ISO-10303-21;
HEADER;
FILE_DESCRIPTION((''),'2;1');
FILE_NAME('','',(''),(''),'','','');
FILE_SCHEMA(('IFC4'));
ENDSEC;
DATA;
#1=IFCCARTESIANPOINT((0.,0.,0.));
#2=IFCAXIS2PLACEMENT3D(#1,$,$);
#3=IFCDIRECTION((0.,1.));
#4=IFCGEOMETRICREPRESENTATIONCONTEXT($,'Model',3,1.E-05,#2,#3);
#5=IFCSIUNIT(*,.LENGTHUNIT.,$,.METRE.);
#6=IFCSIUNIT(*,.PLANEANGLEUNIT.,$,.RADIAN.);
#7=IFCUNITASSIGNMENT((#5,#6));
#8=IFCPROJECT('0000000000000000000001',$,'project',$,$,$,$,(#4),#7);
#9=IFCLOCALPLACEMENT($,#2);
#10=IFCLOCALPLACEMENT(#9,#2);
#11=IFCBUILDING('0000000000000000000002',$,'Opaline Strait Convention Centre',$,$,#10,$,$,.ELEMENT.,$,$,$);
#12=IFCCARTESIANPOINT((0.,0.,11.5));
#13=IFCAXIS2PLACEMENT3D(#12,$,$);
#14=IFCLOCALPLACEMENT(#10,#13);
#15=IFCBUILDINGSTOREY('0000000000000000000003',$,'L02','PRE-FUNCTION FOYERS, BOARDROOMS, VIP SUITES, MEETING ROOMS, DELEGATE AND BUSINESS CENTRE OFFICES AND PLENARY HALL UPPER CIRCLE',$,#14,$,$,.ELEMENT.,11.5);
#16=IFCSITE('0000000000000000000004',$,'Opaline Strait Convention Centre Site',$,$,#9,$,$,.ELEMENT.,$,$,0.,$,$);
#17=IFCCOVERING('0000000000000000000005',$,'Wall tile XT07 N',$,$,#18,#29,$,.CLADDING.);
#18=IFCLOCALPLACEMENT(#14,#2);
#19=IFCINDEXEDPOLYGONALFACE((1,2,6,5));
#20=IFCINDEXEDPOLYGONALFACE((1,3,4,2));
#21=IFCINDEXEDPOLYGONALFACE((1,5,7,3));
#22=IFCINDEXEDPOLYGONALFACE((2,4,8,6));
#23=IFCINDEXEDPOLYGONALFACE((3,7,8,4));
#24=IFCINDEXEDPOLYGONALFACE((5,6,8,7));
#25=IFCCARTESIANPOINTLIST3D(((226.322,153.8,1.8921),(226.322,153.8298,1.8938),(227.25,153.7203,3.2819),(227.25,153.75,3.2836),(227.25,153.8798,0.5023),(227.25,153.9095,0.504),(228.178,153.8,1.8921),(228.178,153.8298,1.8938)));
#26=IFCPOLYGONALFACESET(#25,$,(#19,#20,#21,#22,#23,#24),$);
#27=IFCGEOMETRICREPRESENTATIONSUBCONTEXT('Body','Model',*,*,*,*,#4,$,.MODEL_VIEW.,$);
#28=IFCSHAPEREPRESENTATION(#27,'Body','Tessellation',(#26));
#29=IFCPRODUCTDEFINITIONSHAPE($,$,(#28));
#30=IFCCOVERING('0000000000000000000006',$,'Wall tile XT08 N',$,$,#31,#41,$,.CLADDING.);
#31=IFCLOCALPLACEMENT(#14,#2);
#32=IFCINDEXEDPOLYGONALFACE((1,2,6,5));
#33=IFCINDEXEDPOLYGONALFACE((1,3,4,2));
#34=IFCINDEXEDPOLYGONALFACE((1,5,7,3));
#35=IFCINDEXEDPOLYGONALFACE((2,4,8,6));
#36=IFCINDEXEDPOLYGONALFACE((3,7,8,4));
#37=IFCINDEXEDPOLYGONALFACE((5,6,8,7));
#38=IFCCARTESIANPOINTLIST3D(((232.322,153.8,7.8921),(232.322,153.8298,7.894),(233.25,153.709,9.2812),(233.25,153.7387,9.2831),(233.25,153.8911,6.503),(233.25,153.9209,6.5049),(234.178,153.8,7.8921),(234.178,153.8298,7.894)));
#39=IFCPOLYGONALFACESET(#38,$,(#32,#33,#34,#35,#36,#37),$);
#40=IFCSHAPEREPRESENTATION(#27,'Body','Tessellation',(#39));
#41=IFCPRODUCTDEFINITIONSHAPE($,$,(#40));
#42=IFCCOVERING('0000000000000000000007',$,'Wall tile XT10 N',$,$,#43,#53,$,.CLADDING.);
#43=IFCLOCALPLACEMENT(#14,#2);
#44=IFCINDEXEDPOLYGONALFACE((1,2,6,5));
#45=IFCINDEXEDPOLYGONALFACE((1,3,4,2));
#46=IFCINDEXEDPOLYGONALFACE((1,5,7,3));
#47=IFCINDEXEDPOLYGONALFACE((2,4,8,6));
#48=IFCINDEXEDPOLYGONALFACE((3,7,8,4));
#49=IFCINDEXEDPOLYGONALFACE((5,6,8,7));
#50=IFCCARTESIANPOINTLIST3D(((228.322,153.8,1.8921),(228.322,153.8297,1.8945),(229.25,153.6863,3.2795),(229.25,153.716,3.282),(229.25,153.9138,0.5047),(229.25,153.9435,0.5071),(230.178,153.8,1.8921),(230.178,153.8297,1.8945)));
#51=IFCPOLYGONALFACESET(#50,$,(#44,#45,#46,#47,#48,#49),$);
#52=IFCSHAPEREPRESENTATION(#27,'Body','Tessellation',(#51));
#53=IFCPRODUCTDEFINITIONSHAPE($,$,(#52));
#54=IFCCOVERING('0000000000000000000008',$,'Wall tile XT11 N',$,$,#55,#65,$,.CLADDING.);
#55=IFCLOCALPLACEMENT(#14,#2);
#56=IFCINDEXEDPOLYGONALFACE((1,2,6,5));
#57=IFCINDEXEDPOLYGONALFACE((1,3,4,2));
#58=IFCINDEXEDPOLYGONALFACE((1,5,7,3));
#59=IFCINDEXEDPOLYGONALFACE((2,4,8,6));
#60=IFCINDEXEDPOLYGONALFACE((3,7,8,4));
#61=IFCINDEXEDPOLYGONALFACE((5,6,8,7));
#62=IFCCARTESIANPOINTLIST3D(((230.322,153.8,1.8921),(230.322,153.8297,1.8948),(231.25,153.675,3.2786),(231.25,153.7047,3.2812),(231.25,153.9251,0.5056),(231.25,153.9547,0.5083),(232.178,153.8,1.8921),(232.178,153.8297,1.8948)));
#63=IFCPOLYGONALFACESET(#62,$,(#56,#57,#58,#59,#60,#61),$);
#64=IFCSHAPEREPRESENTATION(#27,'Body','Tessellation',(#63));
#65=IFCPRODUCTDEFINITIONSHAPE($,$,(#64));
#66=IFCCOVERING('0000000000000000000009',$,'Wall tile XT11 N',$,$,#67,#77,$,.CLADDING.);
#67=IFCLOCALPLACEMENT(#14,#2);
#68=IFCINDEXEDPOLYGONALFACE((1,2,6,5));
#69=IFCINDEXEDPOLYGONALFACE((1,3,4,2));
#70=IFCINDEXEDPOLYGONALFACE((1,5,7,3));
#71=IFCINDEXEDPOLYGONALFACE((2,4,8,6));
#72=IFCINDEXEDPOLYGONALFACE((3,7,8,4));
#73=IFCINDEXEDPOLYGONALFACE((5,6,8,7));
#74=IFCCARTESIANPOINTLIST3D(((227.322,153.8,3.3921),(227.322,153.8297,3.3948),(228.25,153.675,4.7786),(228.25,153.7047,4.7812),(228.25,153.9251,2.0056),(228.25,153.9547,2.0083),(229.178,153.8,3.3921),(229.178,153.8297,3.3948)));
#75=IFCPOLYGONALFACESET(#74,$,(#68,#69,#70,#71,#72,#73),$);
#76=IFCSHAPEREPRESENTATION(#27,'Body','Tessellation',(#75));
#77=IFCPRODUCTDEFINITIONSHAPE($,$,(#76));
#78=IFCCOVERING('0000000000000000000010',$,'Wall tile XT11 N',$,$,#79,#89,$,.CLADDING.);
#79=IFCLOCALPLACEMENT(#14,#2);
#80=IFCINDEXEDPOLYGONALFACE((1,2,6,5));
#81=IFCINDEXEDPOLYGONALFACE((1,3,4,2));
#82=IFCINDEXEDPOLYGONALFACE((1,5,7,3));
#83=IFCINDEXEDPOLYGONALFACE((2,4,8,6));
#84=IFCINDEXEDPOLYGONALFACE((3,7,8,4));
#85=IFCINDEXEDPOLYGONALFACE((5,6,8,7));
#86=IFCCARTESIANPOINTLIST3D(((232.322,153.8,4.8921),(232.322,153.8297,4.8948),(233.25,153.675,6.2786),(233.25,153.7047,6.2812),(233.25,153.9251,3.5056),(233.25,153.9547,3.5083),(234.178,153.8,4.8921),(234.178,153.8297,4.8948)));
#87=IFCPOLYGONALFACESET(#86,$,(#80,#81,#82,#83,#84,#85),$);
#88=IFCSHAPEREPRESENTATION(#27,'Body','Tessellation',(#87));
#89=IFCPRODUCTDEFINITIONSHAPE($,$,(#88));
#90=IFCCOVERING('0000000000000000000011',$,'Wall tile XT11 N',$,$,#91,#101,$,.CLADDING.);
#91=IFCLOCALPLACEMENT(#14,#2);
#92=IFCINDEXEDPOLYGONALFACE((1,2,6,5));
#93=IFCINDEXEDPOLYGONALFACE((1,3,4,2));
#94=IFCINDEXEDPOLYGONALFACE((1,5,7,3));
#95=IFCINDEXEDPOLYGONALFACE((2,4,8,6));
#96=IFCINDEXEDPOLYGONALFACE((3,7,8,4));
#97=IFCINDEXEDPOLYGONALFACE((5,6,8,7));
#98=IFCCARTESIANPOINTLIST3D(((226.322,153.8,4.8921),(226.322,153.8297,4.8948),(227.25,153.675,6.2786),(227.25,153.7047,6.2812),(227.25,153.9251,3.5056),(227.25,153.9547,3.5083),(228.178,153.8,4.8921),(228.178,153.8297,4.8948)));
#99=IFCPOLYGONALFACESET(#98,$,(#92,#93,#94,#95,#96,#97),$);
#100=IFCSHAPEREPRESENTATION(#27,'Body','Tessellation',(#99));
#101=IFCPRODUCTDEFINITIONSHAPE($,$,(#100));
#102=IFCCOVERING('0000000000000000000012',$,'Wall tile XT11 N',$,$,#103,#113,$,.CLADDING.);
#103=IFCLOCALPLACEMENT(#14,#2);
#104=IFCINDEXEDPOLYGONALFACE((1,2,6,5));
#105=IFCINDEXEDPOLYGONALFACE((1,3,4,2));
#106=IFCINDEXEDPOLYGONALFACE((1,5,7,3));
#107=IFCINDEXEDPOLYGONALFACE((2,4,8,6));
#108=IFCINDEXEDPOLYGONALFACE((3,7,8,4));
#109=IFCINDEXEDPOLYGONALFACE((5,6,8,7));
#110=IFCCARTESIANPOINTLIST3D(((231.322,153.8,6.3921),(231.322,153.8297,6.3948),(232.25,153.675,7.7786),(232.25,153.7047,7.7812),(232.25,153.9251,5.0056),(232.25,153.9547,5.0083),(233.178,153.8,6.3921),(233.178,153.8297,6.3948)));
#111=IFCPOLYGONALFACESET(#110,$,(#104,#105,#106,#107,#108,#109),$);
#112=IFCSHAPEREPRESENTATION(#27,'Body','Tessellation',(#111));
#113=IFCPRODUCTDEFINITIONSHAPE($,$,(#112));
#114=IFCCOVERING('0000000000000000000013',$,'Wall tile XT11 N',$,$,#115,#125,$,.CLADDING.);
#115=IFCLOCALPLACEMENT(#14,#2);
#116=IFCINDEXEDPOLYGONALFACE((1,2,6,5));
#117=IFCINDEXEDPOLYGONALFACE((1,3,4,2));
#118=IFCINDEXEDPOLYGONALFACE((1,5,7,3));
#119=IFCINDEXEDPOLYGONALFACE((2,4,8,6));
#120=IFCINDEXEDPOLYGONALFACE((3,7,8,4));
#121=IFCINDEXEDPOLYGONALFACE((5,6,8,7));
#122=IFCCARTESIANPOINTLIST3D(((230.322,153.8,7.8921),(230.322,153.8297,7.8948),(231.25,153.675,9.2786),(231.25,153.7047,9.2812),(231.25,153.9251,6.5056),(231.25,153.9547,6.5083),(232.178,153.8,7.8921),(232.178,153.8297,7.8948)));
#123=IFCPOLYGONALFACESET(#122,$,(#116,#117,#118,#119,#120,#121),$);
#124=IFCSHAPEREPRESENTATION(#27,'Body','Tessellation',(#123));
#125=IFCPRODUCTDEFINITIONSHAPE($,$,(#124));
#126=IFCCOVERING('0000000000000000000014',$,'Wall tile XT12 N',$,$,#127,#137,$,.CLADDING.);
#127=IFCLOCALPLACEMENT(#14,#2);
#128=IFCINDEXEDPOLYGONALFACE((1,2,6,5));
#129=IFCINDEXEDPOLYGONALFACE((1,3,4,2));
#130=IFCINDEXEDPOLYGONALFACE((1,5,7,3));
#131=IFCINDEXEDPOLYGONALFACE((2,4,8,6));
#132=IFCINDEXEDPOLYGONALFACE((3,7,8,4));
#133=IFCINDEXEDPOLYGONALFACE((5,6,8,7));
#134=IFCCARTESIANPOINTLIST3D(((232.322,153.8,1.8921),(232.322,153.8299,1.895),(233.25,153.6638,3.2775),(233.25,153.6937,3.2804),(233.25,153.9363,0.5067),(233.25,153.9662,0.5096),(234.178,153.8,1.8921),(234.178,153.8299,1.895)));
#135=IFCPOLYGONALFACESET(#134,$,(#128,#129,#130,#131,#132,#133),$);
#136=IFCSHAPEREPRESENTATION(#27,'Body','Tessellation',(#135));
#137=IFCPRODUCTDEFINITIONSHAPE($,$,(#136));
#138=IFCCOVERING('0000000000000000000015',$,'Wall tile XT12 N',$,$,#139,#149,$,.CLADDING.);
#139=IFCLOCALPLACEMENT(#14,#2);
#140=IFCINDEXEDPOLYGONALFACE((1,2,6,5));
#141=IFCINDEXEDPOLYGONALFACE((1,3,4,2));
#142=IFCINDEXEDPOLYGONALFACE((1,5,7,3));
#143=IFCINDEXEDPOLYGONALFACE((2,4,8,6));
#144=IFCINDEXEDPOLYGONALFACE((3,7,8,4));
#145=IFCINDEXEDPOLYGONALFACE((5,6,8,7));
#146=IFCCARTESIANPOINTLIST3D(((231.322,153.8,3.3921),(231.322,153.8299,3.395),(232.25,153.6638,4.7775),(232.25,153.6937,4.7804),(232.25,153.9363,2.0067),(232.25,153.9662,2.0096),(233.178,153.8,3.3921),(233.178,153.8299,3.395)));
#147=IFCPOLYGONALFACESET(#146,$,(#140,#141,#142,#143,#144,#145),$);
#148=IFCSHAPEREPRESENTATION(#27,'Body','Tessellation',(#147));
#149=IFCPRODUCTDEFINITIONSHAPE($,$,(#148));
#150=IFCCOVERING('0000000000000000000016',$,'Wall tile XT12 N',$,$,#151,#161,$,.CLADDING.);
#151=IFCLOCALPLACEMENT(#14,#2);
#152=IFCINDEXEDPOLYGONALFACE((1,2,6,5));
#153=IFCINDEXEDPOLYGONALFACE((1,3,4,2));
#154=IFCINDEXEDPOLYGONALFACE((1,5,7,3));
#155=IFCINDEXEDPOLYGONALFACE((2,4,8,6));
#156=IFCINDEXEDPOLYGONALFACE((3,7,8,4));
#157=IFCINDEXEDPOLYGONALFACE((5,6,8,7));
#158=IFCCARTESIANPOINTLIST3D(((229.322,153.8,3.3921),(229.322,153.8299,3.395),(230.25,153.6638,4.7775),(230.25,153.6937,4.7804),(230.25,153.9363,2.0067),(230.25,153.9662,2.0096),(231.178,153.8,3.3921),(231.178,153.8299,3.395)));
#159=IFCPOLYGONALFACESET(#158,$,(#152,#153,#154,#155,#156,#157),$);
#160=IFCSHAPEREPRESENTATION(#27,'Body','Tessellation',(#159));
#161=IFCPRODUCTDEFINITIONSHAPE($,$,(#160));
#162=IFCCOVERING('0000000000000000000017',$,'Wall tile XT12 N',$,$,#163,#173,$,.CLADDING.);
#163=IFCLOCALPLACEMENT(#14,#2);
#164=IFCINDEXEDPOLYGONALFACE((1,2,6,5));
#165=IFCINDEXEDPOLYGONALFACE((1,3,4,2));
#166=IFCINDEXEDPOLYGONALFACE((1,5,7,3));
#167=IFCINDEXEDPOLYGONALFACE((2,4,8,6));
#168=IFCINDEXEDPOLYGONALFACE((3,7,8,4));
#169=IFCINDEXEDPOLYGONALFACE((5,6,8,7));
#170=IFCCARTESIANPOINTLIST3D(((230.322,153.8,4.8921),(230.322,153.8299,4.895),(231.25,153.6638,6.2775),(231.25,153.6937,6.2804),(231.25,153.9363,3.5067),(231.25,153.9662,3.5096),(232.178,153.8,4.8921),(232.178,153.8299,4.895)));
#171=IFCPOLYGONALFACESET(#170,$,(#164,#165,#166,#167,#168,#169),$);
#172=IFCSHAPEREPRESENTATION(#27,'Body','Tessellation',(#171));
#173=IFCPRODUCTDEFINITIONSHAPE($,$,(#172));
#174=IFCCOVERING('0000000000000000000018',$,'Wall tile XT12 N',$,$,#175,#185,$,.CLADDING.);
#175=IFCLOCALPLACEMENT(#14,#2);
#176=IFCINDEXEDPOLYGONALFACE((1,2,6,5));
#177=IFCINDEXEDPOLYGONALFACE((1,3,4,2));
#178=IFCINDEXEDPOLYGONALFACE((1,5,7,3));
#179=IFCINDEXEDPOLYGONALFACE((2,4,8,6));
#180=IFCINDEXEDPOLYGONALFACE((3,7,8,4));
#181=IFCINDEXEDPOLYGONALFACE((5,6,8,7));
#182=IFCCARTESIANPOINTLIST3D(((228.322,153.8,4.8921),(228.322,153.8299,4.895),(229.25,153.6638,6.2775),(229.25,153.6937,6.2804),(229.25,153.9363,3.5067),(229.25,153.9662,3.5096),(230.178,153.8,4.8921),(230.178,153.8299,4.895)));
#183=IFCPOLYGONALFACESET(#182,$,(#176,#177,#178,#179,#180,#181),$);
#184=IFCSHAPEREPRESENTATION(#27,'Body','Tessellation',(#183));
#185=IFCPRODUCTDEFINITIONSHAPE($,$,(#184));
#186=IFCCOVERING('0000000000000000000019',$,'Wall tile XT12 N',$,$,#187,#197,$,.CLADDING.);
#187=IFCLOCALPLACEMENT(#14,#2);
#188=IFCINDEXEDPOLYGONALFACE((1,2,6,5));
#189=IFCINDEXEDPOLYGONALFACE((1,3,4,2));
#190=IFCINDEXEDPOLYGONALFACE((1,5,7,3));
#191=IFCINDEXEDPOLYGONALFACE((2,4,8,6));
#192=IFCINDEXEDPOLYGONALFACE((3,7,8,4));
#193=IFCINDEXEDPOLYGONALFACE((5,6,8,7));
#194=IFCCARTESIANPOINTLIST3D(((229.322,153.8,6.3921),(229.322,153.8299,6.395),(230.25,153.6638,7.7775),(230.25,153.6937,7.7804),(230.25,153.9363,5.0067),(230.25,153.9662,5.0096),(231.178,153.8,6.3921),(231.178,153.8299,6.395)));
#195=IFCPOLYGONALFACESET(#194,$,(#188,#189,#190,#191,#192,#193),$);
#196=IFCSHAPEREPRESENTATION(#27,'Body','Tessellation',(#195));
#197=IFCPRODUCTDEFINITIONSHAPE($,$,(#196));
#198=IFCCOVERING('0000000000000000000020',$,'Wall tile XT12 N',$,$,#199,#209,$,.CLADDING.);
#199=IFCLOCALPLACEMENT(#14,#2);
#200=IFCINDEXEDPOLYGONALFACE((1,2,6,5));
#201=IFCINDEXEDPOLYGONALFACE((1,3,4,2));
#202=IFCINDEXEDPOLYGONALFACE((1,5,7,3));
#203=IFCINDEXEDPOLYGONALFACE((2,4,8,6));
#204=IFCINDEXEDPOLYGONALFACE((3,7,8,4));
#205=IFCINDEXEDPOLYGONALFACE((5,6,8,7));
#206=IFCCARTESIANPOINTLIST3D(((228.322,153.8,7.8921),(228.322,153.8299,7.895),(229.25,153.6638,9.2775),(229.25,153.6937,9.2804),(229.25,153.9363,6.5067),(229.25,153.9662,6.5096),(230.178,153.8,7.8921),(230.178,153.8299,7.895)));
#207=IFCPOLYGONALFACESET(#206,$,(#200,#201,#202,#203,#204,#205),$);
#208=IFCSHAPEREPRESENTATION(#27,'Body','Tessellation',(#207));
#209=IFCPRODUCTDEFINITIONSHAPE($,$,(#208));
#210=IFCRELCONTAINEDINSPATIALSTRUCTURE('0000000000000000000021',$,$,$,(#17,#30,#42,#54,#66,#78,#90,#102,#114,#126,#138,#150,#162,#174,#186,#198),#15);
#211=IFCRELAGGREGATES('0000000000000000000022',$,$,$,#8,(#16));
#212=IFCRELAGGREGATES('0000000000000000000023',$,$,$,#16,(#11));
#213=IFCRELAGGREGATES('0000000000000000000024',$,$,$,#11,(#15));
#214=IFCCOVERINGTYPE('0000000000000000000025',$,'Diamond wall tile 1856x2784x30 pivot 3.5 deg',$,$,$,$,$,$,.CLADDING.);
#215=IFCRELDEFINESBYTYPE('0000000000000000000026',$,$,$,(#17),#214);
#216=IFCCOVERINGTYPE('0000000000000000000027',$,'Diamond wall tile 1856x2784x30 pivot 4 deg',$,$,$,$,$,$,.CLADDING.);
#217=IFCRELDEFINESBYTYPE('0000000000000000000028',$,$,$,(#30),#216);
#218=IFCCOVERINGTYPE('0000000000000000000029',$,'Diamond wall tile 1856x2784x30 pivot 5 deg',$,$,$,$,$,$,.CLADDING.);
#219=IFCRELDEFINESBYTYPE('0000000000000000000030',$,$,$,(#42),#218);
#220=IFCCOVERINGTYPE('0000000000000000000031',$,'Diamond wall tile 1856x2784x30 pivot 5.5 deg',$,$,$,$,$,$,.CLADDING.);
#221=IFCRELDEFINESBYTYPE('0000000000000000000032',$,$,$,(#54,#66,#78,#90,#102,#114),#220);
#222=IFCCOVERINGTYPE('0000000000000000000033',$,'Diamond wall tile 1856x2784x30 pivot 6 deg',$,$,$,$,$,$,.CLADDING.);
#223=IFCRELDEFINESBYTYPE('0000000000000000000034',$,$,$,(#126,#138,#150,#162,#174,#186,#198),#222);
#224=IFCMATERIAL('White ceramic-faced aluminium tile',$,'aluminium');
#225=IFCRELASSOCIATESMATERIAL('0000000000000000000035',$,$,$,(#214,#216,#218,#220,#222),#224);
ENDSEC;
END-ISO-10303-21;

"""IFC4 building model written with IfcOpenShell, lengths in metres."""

from ifc_helpers import new_model, si_unit, direction, frame, origin, place, context, subcontext, project, spatial, polyline, outline, extrude, material, material_profile, profile_set, type_object, element, save


model = new_model("IFC4")

# Units and contexts
model_context = context("Model", 3, precision=1e-05, world=origin(), true_north=direction((0.0, 1.0)))
body_context = subcontext(model_context, "Body", "Model", "MODEL_VIEW")
ifc_project = project(units=[si_unit("LENGTHUNIT", "METRE"), si_unit("PLANEANGLEUNIT", "RADIAN")], contexts=[model_context])

# Site, building, storey
site_placement = place(None, origin())
site = spatial("IfcSite", under=ifc_project, at=site_placement, Name="Opaline Strait Convention Centre Site", CompositionType="ELEMENT", RefElevation=0.0)
building_placement = place(site_placement, origin())
building = spatial("IfcBuilding", under=site, at=building_placement, Name="Opaline Strait Convention Centre", CompositionType="ELEMENT")
storey_placement = place(building_placement, frame((0.0, 0.0, 11.5)))
storey = spatial("IfcBuildingStorey", under=building, at=storey_placement, Name="L02", Description="PRE-FUNCTION FOYERS, BOARDROOMS, VIP SUITES, MEETING ROOMS, DELEGATE AND BUSINESS CENTRE OFFICES AND PLENARY HALL UPPER CIRCLE", CompositionType="ELEMENT", Elevation=11.5)

# Coverings
ifc_material_1 = material(Name="White ceramic-faced aluminium tile", Category="aluminium")
ifc_material_profile_1 = material_profile(ifc_material_1, outline(polyline([(0.928, 0.0), (0.0, 1.3921), (-0.928, 0.0), (0.0, -1.3921), (0.928, 0.0)])), Name="Diamond tile 1856x2784")
ifc_profile_set_1 = profile_set([ifc_material_profile_1], Name="White ceramic-faced aluminium tile")
covering_type_1 = type_object("IfcCoveringType", Name="Diamond wall tile 1856x2784x30 pivot 3.5 deg", PredefinedType="CLADDING", material=ifc_profile_set_1)
covering_1_placement = place(storey_placement, frame((227.25, 153.8, 1.8921), z_axis=(0.0, 0.998358, 0.057283), x_axis=(-1.0, 0.0, 0.0)))
element("IfcCovering", 1, at=covering_1_placement, inside=storey, type_object=covering_type_1, Name="Wall tile XT07 N", PredefinedType="CLADDING", context=body_context, shape_type="SweptSolid", body=[
    extrude(outline(polyline([(0.928, 0.0), (0.0, 1.3921), (-0.928, 0.0), (0.0, -1.3921), (0.928, 0.0)])), origin(), (0.0, 0.0, 1.0), 0.0298),
])
ifc_material_profile_2 = material_profile(ifc_material_1, outline(polyline([(0.928, 0.0), (0.0, 1.3921), (-0.928, 0.0), (0.0, -1.3921), (0.928, 0.0)])), Name="Diamond tile 1856x2784")
ifc_profile_set_2 = profile_set([ifc_material_profile_2], Name="White ceramic-faced aluminium tile")
covering_type_2 = type_object("IfcCoveringType", Name="Diamond wall tile 1856x2784x30 pivot 4 deg", PredefinedType="CLADDING", material=ifc_profile_set_2)
covering_2_placement = place(storey_placement, frame((233.25, 153.8, 7.8921), z_axis=(0.0, 0.997857, 0.065433), x_axis=(-1.0, 0.0, 0.0)))
element("IfcCovering", 2, at=covering_2_placement, inside=storey, type_object=covering_type_2, Name="Wall tile XT08 N", PredefinedType="CLADDING", context=body_context, shape_type="SweptSolid", body=[
    extrude(outline(polyline([(0.928, 0.0), (0.0, 1.3921), (-0.928, 0.0), (0.0, -1.3921), (0.928, 0.0)])), origin(), (0.0, 0.0, 1.0), 0.0298),
])
ifc_material_profile_3 = material_profile(ifc_material_1, outline(polyline([(0.928, 0.0), (0.0, 1.3921), (-0.928, 0.0), (0.0, -1.3921), (0.928, 0.0)])), Name="Diamond tile 1856x2784")
ifc_profile_set_3 = profile_set([ifc_material_profile_3], Name="White ceramic-faced aluminium tile")
covering_type_3 = type_object("IfcCoveringType", Name="Diamond wall tile 1856x2784x30 pivot 5 deg", PredefinedType="CLADDING", material=ifc_profile_set_3)
covering_3_placement = place(storey_placement, frame((229.25, 153.8, 1.8921), z_axis=(0.0, 0.996658, 0.081693), x_axis=(-1.0, 0.0, 0.0)))
element("IfcCovering", 3, at=covering_3_placement, inside=storey, type_object=covering_type_3, Name="Wall tile XT10 N", PredefinedType="CLADDING", context=body_context, shape_type="SweptSolid", body=[
    extrude(outline(polyline([(0.928, 0.0), (0.0, 1.3921), (-0.928, 0.0), (0.0, -1.3921), (0.928, 0.0)])), origin(), (0.0, 0.0, 1.0), 0.0298),
])
ifc_material_profile_4 = material_profile(ifc_material_1, outline(polyline([(0.928, 0.0), (0.0, 1.3921), (-0.928, 0.0), (0.0, -1.3921), (0.928, 0.0)])), Name="Diamond tile 1856x2784")
ifc_profile_set_4 = profile_set([ifc_material_profile_4], Name="White ceramic-faced aluminium tile")
covering_type_4 = type_object("IfcCoveringType", Name="Diamond wall tile 1856x2784x30 pivot 5.5 deg", PredefinedType="CLADDING", material=ifc_profile_set_4)
for number, where, z_axis, x_axis, name in (
    (4, (231.25, 153.8, 1.8921), (0.0, 0.99596, 0.0898), (-1.0, 0.0, 0.0), "Wall tile XT11 N"),
    (5, (228.25, 153.8, 3.3921), (0.0, 0.99596, 0.0898), (-1.0, 0.0, 0.0), "Wall tile XT11 N"),
    (6, (233.25, 153.8, 4.8921), (0.0, 0.99596, 0.0898), (-1.0, 0.0, 0.0), "Wall tile XT11 N"),
    (7, (227.25, 153.8, 4.8921), (0.0, 0.99596, 0.0898), (-1.0, 0.0, 0.0), "Wall tile XT11 N"),
    (8, (232.25, 153.8, 6.3921), (0.0, 0.99596, 0.0898), (-1.0, 0.0, 0.0), "Wall tile XT11 N"),
    (9, (231.25, 153.8, 7.8921), (0.0, 0.99596, 0.0898), (-1.0, 0.0, 0.0), "Wall tile XT11 N"),
):
    element("IfcCovering", number, at=place(storey_placement, frame(where, z_axis=z_axis, x_axis=x_axis)), inside=storey, type_object=covering_type_4, Name=name, PredefinedType="CLADDING", context=body_context, shape_type="SweptSolid", body=[
        extrude(outline(polyline([(0.928, 0.0), (0.0, 1.3921), (-0.928, 0.0), (0.0, -1.3921), (0.928, 0.0)])), origin(), (0.0, 0.0, 1.0), 0.0298),
    ])
ifc_material_profile_5 = material_profile(ifc_material_1, outline(polyline([(0.928, 0.0), (0.0, 1.3921), (-0.928, 0.0), (0.0, -1.3921), (0.928, 0.0)])), Name="Diamond tile 1856x2784")
ifc_profile_set_5 = profile_set([ifc_material_profile_5], Name="White ceramic-faced aluminium tile")
covering_type_5 = type_object("IfcCoveringType", Name="Diamond wall tile 1856x2784x30 pivot 6 deg", PredefinedType="CLADDING", material=ifc_profile_set_5)
for number, where, z_axis, x_axis, name in (
    (10, (233.25, 153.8, 1.8921), (0.0, 0.995197, 0.097888), (-1.0, 0.0, 0.0), "Wall tile XT12 N"),
    (11, (232.25, 153.8, 3.3921), (0.0, 0.995197, 0.097888), (-1.0, 0.0, 0.0), "Wall tile XT12 N"),
    (12, (230.25, 153.8, 3.3921), (0.0, 0.995197, 0.097888), (-1.0, 0.0, 0.0), "Wall tile XT12 N"),
    (13, (231.25, 153.8, 4.8921), (0.0, 0.995197, 0.097888), (-1.0, 0.0, 0.0), "Wall tile XT12 N"),
    (14, (229.25, 153.8, 4.8921), (0.0, 0.995197, 0.097888), (-1.0, 0.0, 0.0), "Wall tile XT12 N"),
    (15, (230.25, 153.8, 6.3921), (0.0, 0.995197, 0.097888), (-1.0, 0.0, 0.0), "Wall tile XT12 N"),
    (16, (229.25, 153.8, 7.8921), (0.0, 0.995197, 0.097888), (-1.0, 0.0, 0.0), "Wall tile XT12 N"),
):
    element("IfcCovering", number, at=place(storey_placement, frame(where, z_axis=z_axis, x_axis=x_axis)), inside=storey, type_object=covering_type_5, Name=name, PredefinedType="CLADDING", context=body_context, shape_type="SweptSolid", body=[
        extrude(outline(polyline([(0.928, 0.0), (0.0, 1.3921), (-0.928, 0.0), (0.0, -1.3921), (0.928, 0.0)])), origin(), (0.0, 0.0, 1.0), 0.03),
    ])

save(model, "model.ifc")
